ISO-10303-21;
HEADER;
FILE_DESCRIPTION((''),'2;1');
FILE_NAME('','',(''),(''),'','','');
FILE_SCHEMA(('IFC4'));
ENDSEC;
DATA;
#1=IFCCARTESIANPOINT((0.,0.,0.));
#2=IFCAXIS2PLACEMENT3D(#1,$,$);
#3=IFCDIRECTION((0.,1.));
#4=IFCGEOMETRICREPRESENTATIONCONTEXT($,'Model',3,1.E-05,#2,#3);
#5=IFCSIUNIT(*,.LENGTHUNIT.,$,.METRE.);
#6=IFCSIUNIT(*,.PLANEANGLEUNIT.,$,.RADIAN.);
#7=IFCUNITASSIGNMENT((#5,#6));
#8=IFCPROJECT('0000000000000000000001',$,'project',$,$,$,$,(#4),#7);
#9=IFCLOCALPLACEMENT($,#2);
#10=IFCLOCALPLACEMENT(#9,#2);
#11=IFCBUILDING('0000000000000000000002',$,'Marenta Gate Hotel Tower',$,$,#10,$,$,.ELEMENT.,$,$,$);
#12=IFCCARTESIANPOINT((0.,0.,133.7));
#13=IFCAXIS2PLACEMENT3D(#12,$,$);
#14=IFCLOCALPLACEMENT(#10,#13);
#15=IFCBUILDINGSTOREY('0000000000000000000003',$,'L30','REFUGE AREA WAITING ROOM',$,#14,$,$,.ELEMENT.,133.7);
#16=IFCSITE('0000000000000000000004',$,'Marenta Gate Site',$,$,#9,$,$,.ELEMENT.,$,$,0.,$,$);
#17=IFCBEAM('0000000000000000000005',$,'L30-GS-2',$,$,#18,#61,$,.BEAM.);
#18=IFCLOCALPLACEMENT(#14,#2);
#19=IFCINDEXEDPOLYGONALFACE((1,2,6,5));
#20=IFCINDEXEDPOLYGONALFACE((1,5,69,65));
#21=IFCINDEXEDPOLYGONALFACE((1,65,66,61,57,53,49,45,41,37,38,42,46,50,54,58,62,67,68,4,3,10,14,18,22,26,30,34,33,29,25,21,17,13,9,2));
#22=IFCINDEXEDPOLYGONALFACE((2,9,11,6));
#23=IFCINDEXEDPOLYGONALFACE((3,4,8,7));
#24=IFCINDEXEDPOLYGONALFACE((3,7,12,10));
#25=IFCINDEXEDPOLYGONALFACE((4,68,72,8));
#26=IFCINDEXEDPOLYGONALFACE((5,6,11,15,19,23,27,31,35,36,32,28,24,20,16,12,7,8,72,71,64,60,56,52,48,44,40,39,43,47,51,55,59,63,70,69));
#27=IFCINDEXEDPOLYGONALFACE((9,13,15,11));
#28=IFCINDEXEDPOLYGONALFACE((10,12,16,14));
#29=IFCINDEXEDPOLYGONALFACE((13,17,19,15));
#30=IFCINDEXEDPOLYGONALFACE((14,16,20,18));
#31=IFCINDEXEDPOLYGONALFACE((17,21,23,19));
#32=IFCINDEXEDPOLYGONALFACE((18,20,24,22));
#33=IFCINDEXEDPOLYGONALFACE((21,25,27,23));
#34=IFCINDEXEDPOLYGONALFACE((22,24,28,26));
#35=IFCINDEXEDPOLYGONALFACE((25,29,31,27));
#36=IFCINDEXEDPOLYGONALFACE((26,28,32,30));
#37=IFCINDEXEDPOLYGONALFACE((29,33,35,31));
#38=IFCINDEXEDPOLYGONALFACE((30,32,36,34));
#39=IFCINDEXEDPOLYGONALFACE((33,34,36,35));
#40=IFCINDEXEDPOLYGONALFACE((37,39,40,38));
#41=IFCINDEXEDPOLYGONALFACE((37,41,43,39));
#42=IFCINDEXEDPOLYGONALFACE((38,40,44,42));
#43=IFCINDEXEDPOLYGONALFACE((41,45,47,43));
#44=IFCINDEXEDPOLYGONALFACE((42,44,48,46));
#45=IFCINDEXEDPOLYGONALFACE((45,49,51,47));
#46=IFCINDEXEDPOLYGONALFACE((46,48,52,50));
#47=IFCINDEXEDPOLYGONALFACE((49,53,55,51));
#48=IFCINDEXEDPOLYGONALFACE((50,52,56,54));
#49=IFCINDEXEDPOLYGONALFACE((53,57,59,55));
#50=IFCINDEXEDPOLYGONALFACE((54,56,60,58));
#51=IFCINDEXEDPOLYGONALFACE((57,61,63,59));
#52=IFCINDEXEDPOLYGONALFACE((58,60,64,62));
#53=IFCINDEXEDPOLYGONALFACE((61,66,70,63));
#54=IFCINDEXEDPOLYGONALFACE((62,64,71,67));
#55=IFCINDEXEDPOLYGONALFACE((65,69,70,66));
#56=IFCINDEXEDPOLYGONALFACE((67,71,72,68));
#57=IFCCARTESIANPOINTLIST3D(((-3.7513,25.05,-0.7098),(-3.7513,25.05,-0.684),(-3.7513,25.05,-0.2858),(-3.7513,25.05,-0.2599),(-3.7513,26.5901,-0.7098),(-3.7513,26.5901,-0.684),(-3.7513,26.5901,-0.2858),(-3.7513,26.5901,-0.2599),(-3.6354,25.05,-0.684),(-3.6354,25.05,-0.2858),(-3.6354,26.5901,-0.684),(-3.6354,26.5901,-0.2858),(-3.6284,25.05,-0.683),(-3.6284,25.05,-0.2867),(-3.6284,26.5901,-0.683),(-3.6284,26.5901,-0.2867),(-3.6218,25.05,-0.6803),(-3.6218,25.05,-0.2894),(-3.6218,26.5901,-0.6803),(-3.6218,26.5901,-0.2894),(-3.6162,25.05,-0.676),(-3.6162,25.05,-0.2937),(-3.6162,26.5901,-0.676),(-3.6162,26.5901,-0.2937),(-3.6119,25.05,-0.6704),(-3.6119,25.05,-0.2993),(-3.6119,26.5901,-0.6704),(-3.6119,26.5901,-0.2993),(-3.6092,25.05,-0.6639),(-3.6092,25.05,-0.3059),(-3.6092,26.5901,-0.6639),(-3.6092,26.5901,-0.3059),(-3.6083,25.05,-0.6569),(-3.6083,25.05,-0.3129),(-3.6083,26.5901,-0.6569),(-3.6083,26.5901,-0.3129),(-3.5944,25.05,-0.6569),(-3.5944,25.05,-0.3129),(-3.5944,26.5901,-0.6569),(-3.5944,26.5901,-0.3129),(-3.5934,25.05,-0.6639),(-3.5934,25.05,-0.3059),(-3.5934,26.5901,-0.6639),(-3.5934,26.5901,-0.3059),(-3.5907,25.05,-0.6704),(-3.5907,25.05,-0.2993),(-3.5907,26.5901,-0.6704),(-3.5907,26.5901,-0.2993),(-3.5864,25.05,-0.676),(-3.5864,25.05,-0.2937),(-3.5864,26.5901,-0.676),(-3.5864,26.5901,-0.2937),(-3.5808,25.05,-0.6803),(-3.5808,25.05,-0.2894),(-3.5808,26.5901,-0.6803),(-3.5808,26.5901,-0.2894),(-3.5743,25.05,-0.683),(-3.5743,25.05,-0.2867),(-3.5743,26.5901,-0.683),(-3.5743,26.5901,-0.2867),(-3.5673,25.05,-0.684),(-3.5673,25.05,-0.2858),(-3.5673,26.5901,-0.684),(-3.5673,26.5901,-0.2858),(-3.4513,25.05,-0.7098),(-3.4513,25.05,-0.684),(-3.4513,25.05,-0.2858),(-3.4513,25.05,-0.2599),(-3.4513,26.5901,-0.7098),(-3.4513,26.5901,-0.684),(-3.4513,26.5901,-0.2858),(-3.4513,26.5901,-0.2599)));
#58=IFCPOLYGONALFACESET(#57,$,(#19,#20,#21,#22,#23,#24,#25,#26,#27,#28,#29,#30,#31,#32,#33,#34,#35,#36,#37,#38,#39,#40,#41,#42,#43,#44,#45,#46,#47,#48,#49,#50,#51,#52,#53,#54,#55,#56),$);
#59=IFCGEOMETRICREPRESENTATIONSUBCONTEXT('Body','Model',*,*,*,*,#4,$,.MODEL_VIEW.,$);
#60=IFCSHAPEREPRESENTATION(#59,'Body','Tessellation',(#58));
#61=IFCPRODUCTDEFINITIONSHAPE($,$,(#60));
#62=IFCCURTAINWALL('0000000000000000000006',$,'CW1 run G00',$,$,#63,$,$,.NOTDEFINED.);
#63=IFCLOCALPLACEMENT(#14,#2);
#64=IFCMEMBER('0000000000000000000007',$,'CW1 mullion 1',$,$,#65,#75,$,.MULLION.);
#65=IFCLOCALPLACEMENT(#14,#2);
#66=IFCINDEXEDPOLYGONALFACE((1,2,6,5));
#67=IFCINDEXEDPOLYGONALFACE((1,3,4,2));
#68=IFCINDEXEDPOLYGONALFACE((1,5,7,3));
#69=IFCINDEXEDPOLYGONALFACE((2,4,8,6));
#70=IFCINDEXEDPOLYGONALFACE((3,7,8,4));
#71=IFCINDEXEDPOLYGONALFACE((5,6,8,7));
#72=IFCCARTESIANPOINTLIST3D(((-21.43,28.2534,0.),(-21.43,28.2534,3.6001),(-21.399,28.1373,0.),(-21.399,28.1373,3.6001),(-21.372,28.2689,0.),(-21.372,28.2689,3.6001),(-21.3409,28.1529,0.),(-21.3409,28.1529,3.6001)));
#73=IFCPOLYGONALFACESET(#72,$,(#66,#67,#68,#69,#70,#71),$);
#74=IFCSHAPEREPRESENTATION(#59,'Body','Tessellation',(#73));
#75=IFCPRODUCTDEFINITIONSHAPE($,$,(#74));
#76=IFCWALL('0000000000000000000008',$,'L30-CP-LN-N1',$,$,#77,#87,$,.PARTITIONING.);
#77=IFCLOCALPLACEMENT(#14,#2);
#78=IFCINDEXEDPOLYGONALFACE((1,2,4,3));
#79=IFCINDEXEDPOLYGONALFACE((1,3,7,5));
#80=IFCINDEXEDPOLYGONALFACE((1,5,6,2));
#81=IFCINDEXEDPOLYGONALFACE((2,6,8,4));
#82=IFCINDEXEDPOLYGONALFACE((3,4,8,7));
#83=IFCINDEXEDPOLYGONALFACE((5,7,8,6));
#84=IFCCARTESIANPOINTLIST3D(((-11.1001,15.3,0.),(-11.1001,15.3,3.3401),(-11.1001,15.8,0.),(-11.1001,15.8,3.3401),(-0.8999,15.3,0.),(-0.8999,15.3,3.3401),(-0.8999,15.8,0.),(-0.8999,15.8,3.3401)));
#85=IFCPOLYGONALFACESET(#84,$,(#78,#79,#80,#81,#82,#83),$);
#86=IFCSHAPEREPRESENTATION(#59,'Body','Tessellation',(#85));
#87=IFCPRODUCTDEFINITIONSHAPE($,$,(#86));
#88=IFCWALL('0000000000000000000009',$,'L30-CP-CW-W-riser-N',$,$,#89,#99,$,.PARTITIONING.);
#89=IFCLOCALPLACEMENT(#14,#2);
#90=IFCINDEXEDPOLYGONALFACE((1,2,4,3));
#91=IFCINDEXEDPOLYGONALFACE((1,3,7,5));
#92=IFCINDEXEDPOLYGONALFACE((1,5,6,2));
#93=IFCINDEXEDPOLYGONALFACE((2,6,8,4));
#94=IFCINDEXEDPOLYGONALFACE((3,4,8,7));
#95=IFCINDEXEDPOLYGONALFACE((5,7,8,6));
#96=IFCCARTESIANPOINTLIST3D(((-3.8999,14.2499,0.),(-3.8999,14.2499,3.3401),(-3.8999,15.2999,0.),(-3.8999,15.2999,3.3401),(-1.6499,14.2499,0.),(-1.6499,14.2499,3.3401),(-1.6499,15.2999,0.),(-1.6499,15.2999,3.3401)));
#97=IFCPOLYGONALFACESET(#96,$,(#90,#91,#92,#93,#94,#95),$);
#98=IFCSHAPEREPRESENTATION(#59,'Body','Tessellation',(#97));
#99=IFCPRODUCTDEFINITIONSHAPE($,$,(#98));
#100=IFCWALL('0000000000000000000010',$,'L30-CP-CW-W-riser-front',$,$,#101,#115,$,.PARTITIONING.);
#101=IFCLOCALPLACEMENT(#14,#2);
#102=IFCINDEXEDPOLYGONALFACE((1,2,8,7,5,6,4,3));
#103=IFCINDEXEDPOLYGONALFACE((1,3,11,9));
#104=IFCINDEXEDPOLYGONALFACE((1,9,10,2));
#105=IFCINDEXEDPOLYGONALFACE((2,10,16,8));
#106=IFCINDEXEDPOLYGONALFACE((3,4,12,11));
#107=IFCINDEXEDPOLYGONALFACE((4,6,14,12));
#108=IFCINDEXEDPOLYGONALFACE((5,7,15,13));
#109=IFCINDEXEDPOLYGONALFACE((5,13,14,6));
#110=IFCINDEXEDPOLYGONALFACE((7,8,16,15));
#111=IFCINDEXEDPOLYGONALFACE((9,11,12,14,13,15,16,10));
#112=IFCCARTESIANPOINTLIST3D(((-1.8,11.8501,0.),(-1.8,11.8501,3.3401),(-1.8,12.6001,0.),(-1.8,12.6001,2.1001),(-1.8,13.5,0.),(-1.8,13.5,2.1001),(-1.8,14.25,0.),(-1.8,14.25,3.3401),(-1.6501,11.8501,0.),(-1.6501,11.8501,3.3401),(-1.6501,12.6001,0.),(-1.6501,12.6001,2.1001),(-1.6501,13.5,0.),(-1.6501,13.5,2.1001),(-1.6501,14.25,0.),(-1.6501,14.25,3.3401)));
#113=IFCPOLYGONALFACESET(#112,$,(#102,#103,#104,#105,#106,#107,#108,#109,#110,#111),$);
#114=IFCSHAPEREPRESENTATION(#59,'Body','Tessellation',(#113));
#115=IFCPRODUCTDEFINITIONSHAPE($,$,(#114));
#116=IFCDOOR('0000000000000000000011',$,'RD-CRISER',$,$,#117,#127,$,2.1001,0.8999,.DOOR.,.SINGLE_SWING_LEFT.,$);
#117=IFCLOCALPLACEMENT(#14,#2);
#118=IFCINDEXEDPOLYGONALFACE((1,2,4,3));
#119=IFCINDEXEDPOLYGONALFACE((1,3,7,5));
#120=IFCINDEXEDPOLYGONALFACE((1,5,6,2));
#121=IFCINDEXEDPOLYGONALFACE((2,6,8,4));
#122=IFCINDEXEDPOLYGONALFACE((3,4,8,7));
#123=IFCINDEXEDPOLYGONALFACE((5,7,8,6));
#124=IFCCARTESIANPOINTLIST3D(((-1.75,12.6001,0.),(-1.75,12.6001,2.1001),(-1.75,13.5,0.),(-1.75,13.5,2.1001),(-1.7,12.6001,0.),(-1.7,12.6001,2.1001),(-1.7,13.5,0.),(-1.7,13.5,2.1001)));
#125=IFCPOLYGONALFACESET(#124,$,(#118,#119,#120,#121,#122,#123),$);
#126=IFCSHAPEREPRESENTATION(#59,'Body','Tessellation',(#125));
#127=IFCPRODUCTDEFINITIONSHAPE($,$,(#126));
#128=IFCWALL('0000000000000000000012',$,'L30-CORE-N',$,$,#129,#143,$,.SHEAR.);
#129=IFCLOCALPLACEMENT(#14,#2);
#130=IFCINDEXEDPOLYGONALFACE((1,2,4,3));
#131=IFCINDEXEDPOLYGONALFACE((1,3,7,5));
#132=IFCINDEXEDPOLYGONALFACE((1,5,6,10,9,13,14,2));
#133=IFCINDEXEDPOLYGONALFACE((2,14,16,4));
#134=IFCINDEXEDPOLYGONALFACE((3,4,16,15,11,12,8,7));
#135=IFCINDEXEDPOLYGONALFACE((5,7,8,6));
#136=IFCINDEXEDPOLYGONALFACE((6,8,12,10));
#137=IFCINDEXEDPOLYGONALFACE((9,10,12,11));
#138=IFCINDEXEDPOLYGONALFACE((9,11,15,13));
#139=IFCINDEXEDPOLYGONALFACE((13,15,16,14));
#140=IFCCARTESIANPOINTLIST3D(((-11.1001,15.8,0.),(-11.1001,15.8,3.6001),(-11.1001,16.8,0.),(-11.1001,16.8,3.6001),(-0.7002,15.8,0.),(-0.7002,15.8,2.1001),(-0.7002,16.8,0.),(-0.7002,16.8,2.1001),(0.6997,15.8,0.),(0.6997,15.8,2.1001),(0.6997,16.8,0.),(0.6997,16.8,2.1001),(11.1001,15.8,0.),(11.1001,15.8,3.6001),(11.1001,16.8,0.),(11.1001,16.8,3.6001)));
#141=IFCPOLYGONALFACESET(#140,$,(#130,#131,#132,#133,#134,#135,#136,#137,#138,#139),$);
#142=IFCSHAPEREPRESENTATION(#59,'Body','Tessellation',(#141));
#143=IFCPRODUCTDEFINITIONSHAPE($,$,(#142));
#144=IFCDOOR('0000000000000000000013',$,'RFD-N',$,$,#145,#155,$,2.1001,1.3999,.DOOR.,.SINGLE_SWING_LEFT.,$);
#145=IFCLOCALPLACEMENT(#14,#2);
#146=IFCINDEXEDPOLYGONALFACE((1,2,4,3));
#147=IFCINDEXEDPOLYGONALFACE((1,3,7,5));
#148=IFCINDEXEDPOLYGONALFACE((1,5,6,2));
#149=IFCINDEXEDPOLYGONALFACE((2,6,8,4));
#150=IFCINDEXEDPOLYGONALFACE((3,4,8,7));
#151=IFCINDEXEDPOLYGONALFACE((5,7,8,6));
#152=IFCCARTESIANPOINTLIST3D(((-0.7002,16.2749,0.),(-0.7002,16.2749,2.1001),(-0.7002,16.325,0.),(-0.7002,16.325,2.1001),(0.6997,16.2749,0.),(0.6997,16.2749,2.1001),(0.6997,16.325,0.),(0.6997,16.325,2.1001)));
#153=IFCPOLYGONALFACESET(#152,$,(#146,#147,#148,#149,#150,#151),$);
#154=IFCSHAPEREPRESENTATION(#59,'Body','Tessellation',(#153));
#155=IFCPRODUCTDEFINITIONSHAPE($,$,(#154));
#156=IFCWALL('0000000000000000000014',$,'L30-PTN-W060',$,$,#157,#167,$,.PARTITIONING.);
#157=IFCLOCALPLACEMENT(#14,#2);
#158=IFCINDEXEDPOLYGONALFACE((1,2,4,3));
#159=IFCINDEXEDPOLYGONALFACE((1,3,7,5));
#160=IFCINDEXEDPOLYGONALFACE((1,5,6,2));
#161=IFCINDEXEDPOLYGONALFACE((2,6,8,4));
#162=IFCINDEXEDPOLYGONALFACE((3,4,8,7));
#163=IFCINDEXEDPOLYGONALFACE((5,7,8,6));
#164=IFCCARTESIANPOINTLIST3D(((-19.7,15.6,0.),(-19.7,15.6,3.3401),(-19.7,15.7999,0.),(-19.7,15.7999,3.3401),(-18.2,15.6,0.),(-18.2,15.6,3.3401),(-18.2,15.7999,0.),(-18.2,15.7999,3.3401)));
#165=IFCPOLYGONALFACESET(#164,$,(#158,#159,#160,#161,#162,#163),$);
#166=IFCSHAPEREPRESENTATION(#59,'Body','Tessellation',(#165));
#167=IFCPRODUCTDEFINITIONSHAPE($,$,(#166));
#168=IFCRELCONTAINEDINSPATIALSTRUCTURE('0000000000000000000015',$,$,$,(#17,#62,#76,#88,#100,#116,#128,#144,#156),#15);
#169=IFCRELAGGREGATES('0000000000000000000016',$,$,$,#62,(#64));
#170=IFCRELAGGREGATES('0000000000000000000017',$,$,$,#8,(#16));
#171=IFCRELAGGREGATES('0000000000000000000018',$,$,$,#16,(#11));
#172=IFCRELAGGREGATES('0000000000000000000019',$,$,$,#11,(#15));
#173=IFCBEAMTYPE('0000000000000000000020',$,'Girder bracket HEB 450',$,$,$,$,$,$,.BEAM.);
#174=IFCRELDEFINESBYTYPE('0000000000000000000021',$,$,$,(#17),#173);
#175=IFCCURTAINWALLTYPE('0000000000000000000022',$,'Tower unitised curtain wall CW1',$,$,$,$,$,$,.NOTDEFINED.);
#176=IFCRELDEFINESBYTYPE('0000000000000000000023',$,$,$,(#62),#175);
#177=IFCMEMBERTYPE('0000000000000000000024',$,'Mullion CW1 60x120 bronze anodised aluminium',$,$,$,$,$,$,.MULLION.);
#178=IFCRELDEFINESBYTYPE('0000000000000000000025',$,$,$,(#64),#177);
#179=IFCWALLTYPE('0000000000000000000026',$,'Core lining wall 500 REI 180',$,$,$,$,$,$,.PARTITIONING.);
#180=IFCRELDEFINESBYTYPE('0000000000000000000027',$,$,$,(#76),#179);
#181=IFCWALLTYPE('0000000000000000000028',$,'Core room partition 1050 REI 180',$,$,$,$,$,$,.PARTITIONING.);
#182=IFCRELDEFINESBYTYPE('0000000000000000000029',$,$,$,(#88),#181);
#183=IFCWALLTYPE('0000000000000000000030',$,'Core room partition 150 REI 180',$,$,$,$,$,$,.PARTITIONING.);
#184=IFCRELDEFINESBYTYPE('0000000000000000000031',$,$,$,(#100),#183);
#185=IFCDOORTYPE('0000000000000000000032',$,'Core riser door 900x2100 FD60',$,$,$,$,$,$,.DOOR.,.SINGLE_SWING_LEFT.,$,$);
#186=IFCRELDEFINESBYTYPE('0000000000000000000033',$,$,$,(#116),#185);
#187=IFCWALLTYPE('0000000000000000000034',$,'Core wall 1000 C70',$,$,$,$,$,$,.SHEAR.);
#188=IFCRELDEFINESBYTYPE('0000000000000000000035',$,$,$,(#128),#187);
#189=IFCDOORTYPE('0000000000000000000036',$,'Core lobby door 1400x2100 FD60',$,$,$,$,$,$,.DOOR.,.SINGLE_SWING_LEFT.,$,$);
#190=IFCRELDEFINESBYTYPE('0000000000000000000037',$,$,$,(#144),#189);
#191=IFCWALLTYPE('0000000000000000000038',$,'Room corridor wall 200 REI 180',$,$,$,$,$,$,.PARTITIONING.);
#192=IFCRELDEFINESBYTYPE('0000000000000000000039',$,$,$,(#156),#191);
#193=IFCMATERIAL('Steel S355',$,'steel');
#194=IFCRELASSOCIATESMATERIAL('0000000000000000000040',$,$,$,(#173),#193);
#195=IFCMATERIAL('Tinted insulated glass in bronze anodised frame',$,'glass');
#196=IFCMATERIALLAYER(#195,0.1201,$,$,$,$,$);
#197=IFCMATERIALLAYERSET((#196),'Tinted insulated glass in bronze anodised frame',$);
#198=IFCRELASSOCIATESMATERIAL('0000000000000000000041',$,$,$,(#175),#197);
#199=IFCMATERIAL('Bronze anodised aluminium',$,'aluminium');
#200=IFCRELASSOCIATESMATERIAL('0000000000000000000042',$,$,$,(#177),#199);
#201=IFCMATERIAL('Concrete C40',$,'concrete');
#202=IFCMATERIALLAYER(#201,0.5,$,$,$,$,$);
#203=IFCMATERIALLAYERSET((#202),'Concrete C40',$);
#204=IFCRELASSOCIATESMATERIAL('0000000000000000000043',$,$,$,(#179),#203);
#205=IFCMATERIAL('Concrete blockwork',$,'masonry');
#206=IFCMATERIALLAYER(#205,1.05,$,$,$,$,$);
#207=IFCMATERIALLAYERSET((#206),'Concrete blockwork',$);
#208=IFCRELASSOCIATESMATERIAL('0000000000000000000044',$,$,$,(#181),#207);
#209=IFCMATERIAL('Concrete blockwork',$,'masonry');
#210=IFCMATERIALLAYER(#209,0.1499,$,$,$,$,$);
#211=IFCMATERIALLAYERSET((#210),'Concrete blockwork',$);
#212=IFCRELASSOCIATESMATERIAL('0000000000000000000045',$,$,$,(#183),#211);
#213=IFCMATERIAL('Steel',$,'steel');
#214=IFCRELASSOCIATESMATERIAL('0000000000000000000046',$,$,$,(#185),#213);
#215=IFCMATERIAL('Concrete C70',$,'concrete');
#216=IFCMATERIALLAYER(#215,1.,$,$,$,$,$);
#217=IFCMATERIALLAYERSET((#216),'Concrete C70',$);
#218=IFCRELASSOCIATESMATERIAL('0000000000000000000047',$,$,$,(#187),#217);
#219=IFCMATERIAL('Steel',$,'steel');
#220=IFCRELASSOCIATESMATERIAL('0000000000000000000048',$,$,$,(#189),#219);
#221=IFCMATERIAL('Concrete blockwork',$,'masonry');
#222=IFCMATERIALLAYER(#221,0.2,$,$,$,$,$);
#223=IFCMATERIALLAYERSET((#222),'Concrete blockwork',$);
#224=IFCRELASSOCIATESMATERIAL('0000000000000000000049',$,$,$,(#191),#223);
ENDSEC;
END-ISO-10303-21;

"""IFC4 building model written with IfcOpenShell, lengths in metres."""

from ifc_helpers import new_model, si_unit, direction, frame, frame_2d, origin, origin_2d, place, context, subcontext, project, spatial, rectangle, i_section, extrude, material, layer, layer_set, material_profile, profile_set, type_object, element, fill, aggregate, save


model = new_model("IFC4")

# Units and contexts
model_context = context("Model", 3, precision=1e-05, world=origin(), true_north=direction((0.0, 1.0)))
body_context = subcontext(model_context, "Body", "Model", "MODEL_VIEW")
ifc_project = project(units=[si_unit("LENGTHUNIT", "METRE"), si_unit("PLANEANGLEUNIT", "RADIAN")], contexts=[model_context])

# Site, building, storey
site_placement = place(None, origin())
site = spatial("IfcSite", under=ifc_project, at=site_placement, Name="Marenta Gate Site", CompositionType="ELEMENT", RefElevation=0.0)
building_placement = place(site_placement, origin())
building = spatial("IfcBuilding", under=site, at=building_placement, Name="Marenta Gate Hotel Tower", CompositionType="ELEMENT")
storey_placement = place(building_placement, frame((0.0, 0.0, 133.7)))
storey = spatial("IfcBuildingStorey", under=building, at=storey_placement, Name="L30", Description="REFUGE AREA WAITING ROOM", CompositionType="ELEMENT", Elevation=133.7)

# Beam
ifc_material_1 = material(Name="Steel S355", Category="steel")
ifc_material_profile_1 = material_profile(ifc_material_1, i_section(OverallWidth=0.3, OverallDepth=0.45, WebThickness=0.0139, FlangeThickness=0.0259, FilletRadius=0.0271, at=origin_2d()), Name="HEB 450")
ifc_profile_set_1 = profile_set([ifc_material_profile_1], Name="Steel S355")
beam_type_1 = type_object("IfcBeamType", Name="Girder bracket HEB 450", PredefinedType="BEAM", material=ifc_profile_set_1)
for number, where, z_axis, x_axis, name in (
    (1, (-3.6013, 25.05, -0.4849), (0.0, 1.0, 0.0), (-1.0, 0.0, 0.0), "L30-GS-2"),
):
    element("IfcBeam", number, at=place(storey_placement, frame(where, z_axis=z_axis, x_axis=x_axis)), inside=storey, type_object=beam_type_1, Name=name, PredefinedType="BEAM", context=body_context, shape_type="SweptSolid", body=[
        extrude(i_section(OverallWidth=0.3, OverallDepth=0.45, WebThickness=0.0139, FlangeThickness=0.0259, FilletRadius=0.0271, at=origin_2d()), origin(), (0.0, 0.0, 1.0), 1.54),
    ])

# Curtain wall, member
ifc_material_2 = material(Name="Tinted insulated glass in bronze anodised frame", Category="glass")
ifc_layer_1 = layer(ifc_material_2, 0.1201)
ifc_layer_set_1 = layer_set([ifc_layer_1], Name="Tinted insulated glass in bronze anodised frame")
curtain_wall_type = type_object("IfcCurtainWallType", Name="Tower unitised curtain wall CW1", PredefinedType="NOTDEFINED", material=ifc_layer_set_1)
curtain_wall_placement = place(storey_placement, origin())
curtain_wall = element("IfcCurtainWall", 2, at=curtain_wall_placement, inside=storey, type_object=curtain_wall_type, Name="CW1 run G00", PredefinedType="NOTDEFINED")
ifc_material_3 = material(Name="Bronze anodised aluminium", Category="aluminium")
ifc_material_profile_2 = material_profile(ifc_material_3, rectangle(XDim=0.1201, YDim=0.0601, at=origin_2d()), Name="Mullion CW1 60x120 bronze anodised aluminium")
ifc_profile_set_2 = profile_set([ifc_material_profile_2], Name="Bronze anodised aluminium")
member_type = type_object("IfcMemberType", Name="Mullion CW1 60x120 bronze anodised aluminium", PredefinedType="MULLION", material=ifc_profile_set_2)
member_placement = place(storey_placement, frame((-21.3855, 28.2031, 0.0), z_axis=(0.0, 0.0, 1.0), x_axis=(0.258801, -0.965931, 0.0)))
member = element("IfcMember", 3, at=member_placement, type_object=member_type, Name="CW1 mullion 1", PredefinedType="MULLION", context=body_context, shape_type="SweptSolid", body=[
    extrude(rectangle(XDim=0.1201, YDim=0.0601, at=origin_2d()), origin(), (0.0, 0.0, 1.0), 3.6001),
])
aggregate(curtain_wall, [member])

# Walls
ifc_material_4 = material(Name="Concrete C40", Category="concrete")
ifc_layer_2 = layer(ifc_material_4, 0.5)
ifc_layer_set_2 = layer_set([ifc_layer_2], Name="Concrete C40")
wall_type_1 = type_object("IfcWallType", Name="Core lining wall 500 REI 180", PredefinedType="PARTITIONING", material=ifc_layer_set_2)
wall_1_placement = place(storey_placement, frame((-11.1001, 15.55, 0.0), z_axis=(0.0, 0.0, 1.0), x_axis=(1.0, 0.0, 0.0)))
element("IfcWall", 4, at=wall_1_placement, inside=storey, type_object=wall_type_1, Name="L30-CP-LN-N1", PredefinedType="PARTITIONING", context=body_context, shape_type="SweptSolid", body=[
    extrude(rectangle(XDim=10.2002, YDim=0.5, at=frame_2d((5.1001, 0.0))), origin(), (0.0, 0.0, 1.0), 3.3401),
])
ifc_material_5 = material(Name="Concrete blockwork", Category="masonry")
ifc_layer_3 = layer(ifc_material_5, 1.05)
ifc_layer_set_3 = layer_set([ifc_layer_3], Name="Concrete blockwork")
wall_type_2 = type_object("IfcWallType", Name="Core room partition 1050 REI 180", PredefinedType="PARTITIONING", material=ifc_layer_set_3)
wall_2_placement = place(storey_placement, frame((-3.8999, 14.7749, 0.0), z_axis=(0.0, 0.0, 1.0), x_axis=(1.0, 0.0, 0.0)))
element("IfcWall", 5, at=wall_2_placement, inside=storey, type_object=wall_type_2, Name="L30-CP-CW-W-riser-N", PredefinedType="PARTITIONING", context=body_context, shape_type="SweptSolid", body=[
    extrude(rectangle(XDim=2.25, YDim=1.05, at=frame_2d((1.125, 0.0))), origin(), (0.0, 0.0, 1.0), 3.3401),
])

# Walls, openings, doors
ifc_material_6 = material(Name="Concrete blockwork", Category="masonry")
ifc_layer_4 = layer(ifc_material_6, 0.1499)
ifc_layer_set_4 = layer_set([ifc_layer_4], Name="Concrete blockwork")
wall_type_3 = type_object("IfcWallType", Name="Core room partition 150 REI 180", PredefinedType="PARTITIONING", material=ifc_layer_set_4)
wall_3_placement = place(storey_placement, frame((-1.7251, 11.8501, 0.0), z_axis=(0.0, 0.0, 1.0), x_axis=(0.0, 1.0, 0.0)))
wall_3 = element("IfcWall", 6, at=wall_3_placement, inside=storey, type_object=wall_type_3, Name="L30-CP-CW-W-riser-front", PredefinedType="PARTITIONING", context=body_context, shape_type="SweptSolid", body=[
    extrude(rectangle(XDim=2.3999, YDim=0.1499, at=frame_2d((1.2, 0.0))), origin(), (0.0, 0.0, 1.0), 3.3401),
])
opening_1_placement = place(wall_3_placement, frame((0.75, 0.0, 0.0)))
opening_1 = element("IfcOpeningElement", 7, at=opening_1_placement, cuts=wall_3, PredefinedType="OPENING", context=body_context, shape_type="SweptSolid", body=[
    extrude(rectangle(XDim=0.8999, YDim=2.1001, at=frame_2d((0.45, 1.05))), frame((0.0, 0.075, 0.0), z_axis=(0.0, -1.0, 0.0), x_axis=(1.0, 0.0, 0.0)), (0.0, 0.0, 1.0), 0.1499),
])
ifc_material_7 = material(Name="Steel", Category="steel")
door_type_1 = type_object("IfcDoorType", Name="Core riser door 900x2100 FD60", OperationType="SINGLE_SWING_LEFT", PredefinedType="DOOR", material=ifc_material_7)
door_1_placement = place(opening_1_placement, origin())
door_1 = element("IfcDoor", 8, at=door_1_placement, inside=storey, type_object=door_type_1, Name="RD-CRISER", OperationType="SINGLE_SWING_LEFT", OverallHeight=2.1001, OverallWidth=0.8999, PredefinedType="DOOR", context=body_context, shape_type="SweptSolid", body=[
    extrude(rectangle(XDim=0.8999, YDim=2.1001, at=frame_2d((0.45, 1.05))), frame((0.0, 0.0249, 0.0), z_axis=(0.0, -1.0, 0.0), x_axis=(1.0, 0.0, 0.0)), (0.0, 0.0, 1.0), 0.05),
])
fill(opening_1, door_1)
ifc_material_8 = material(Name="Concrete C70", Category="concrete")
ifc_layer_5 = layer(ifc_material_8, 1.0)
ifc_layer_set_5 = layer_set([ifc_layer_5], Name="Concrete C70")
wall_type_4 = type_object("IfcWallType", Name="Core wall 1000 C70", PredefinedType="SHEAR", material=ifc_layer_set_5)
wall_4_placement = place(storey_placement, frame((-11.1001, 16.3, 0.0), z_axis=(0.0, 0.0, 1.0), x_axis=(1.0, 0.0, 0.0)))
wall_4 = element("IfcWall", 9, at=wall_4_placement, inside=storey, type_object=wall_type_4, Name="L30-CORE-N", PredefinedType="SHEAR", context=body_context, shape_type="SweptSolid", body=[
    extrude(rectangle(XDim=22.2002, YDim=1.0, at=frame_2d((11.1001, 0.0))), origin(), (0.0, 0.0, 1.0), 3.6001),
])
opening_2_placement = place(wall_4_placement, frame((10.3999, 0.0, 0.0)))
opening_2 = element("IfcOpeningElement", 10, at=opening_2_placement, cuts=wall_4, PredefinedType="OPENING", context=body_context, shape_type="SweptSolid", body=[
    extrude(rectangle(XDim=1.3999, YDim=2.1001, at=frame_2d((0.7, 1.05))), frame((0.0, 0.5, 0.0), z_axis=(0.0, -1.0, 0.0), x_axis=(1.0, 0.0, 0.0)), (0.0, 0.0, 1.0), 1.0),
])
ifc_material_9 = material(Name="Steel", Category="steel")
door_type_2 = type_object("IfcDoorType", Name="Core lobby door 1400x2100 FD60", OperationType="SINGLE_SWING_LEFT", PredefinedType="DOOR", material=ifc_material_9)
door_2_placement = place(opening_2_placement, origin())
door_2 = element("IfcDoor", 11, at=door_2_placement, inside=storey, type_object=door_type_2, Name="RFD-N", OperationType="SINGLE_SWING_LEFT", OverallHeight=2.1001, OverallWidth=1.3999, PredefinedType="DOOR", context=body_context, shape_type="SweptSolid", body=[
    extrude(rectangle(XDim=1.3999, YDim=2.1001, at=frame_2d((0.7, 1.05))), frame((0.0, 0.0249, 0.0), z_axis=(0.0, -1.0, 0.0), x_axis=(1.0, 0.0, 0.0)), (0.0, 0.0, 1.0), 0.05),
])
fill(opening_2, door_2)

# Wall
ifc_material_10 = material(Name="Concrete blockwork", Category="masonry")
ifc_layer_6 = layer(ifc_material_10, 0.2)
ifc_layer_set_6 = layer_set([ifc_layer_6], Name="Concrete blockwork")
wall_type_5 = type_object("IfcWallType", Name="Room corridor wall 200 REI 180", PredefinedType="PARTITIONING", material=ifc_layer_set_6)
wall_5_placement = place(storey_placement, frame((-19.7, 15.7, 0.0), z_axis=(0.0, 0.0, 1.0), x_axis=(1.0, 0.0, 0.0)))
element("IfcWall", 12, at=wall_5_placement, inside=storey, type_object=wall_type_5, Name="L30-PTN-W060", PredefinedType="PARTITIONING", context=body_context, shape_type="SweptSolid", body=[
    extrude(rectangle(XDim=1.5, YDim=0.2, at=frame_2d((0.75, 0.0))), origin(), (0.0, 0.0, 1.0), 3.3401),
])

save(model, "model.ifc")
